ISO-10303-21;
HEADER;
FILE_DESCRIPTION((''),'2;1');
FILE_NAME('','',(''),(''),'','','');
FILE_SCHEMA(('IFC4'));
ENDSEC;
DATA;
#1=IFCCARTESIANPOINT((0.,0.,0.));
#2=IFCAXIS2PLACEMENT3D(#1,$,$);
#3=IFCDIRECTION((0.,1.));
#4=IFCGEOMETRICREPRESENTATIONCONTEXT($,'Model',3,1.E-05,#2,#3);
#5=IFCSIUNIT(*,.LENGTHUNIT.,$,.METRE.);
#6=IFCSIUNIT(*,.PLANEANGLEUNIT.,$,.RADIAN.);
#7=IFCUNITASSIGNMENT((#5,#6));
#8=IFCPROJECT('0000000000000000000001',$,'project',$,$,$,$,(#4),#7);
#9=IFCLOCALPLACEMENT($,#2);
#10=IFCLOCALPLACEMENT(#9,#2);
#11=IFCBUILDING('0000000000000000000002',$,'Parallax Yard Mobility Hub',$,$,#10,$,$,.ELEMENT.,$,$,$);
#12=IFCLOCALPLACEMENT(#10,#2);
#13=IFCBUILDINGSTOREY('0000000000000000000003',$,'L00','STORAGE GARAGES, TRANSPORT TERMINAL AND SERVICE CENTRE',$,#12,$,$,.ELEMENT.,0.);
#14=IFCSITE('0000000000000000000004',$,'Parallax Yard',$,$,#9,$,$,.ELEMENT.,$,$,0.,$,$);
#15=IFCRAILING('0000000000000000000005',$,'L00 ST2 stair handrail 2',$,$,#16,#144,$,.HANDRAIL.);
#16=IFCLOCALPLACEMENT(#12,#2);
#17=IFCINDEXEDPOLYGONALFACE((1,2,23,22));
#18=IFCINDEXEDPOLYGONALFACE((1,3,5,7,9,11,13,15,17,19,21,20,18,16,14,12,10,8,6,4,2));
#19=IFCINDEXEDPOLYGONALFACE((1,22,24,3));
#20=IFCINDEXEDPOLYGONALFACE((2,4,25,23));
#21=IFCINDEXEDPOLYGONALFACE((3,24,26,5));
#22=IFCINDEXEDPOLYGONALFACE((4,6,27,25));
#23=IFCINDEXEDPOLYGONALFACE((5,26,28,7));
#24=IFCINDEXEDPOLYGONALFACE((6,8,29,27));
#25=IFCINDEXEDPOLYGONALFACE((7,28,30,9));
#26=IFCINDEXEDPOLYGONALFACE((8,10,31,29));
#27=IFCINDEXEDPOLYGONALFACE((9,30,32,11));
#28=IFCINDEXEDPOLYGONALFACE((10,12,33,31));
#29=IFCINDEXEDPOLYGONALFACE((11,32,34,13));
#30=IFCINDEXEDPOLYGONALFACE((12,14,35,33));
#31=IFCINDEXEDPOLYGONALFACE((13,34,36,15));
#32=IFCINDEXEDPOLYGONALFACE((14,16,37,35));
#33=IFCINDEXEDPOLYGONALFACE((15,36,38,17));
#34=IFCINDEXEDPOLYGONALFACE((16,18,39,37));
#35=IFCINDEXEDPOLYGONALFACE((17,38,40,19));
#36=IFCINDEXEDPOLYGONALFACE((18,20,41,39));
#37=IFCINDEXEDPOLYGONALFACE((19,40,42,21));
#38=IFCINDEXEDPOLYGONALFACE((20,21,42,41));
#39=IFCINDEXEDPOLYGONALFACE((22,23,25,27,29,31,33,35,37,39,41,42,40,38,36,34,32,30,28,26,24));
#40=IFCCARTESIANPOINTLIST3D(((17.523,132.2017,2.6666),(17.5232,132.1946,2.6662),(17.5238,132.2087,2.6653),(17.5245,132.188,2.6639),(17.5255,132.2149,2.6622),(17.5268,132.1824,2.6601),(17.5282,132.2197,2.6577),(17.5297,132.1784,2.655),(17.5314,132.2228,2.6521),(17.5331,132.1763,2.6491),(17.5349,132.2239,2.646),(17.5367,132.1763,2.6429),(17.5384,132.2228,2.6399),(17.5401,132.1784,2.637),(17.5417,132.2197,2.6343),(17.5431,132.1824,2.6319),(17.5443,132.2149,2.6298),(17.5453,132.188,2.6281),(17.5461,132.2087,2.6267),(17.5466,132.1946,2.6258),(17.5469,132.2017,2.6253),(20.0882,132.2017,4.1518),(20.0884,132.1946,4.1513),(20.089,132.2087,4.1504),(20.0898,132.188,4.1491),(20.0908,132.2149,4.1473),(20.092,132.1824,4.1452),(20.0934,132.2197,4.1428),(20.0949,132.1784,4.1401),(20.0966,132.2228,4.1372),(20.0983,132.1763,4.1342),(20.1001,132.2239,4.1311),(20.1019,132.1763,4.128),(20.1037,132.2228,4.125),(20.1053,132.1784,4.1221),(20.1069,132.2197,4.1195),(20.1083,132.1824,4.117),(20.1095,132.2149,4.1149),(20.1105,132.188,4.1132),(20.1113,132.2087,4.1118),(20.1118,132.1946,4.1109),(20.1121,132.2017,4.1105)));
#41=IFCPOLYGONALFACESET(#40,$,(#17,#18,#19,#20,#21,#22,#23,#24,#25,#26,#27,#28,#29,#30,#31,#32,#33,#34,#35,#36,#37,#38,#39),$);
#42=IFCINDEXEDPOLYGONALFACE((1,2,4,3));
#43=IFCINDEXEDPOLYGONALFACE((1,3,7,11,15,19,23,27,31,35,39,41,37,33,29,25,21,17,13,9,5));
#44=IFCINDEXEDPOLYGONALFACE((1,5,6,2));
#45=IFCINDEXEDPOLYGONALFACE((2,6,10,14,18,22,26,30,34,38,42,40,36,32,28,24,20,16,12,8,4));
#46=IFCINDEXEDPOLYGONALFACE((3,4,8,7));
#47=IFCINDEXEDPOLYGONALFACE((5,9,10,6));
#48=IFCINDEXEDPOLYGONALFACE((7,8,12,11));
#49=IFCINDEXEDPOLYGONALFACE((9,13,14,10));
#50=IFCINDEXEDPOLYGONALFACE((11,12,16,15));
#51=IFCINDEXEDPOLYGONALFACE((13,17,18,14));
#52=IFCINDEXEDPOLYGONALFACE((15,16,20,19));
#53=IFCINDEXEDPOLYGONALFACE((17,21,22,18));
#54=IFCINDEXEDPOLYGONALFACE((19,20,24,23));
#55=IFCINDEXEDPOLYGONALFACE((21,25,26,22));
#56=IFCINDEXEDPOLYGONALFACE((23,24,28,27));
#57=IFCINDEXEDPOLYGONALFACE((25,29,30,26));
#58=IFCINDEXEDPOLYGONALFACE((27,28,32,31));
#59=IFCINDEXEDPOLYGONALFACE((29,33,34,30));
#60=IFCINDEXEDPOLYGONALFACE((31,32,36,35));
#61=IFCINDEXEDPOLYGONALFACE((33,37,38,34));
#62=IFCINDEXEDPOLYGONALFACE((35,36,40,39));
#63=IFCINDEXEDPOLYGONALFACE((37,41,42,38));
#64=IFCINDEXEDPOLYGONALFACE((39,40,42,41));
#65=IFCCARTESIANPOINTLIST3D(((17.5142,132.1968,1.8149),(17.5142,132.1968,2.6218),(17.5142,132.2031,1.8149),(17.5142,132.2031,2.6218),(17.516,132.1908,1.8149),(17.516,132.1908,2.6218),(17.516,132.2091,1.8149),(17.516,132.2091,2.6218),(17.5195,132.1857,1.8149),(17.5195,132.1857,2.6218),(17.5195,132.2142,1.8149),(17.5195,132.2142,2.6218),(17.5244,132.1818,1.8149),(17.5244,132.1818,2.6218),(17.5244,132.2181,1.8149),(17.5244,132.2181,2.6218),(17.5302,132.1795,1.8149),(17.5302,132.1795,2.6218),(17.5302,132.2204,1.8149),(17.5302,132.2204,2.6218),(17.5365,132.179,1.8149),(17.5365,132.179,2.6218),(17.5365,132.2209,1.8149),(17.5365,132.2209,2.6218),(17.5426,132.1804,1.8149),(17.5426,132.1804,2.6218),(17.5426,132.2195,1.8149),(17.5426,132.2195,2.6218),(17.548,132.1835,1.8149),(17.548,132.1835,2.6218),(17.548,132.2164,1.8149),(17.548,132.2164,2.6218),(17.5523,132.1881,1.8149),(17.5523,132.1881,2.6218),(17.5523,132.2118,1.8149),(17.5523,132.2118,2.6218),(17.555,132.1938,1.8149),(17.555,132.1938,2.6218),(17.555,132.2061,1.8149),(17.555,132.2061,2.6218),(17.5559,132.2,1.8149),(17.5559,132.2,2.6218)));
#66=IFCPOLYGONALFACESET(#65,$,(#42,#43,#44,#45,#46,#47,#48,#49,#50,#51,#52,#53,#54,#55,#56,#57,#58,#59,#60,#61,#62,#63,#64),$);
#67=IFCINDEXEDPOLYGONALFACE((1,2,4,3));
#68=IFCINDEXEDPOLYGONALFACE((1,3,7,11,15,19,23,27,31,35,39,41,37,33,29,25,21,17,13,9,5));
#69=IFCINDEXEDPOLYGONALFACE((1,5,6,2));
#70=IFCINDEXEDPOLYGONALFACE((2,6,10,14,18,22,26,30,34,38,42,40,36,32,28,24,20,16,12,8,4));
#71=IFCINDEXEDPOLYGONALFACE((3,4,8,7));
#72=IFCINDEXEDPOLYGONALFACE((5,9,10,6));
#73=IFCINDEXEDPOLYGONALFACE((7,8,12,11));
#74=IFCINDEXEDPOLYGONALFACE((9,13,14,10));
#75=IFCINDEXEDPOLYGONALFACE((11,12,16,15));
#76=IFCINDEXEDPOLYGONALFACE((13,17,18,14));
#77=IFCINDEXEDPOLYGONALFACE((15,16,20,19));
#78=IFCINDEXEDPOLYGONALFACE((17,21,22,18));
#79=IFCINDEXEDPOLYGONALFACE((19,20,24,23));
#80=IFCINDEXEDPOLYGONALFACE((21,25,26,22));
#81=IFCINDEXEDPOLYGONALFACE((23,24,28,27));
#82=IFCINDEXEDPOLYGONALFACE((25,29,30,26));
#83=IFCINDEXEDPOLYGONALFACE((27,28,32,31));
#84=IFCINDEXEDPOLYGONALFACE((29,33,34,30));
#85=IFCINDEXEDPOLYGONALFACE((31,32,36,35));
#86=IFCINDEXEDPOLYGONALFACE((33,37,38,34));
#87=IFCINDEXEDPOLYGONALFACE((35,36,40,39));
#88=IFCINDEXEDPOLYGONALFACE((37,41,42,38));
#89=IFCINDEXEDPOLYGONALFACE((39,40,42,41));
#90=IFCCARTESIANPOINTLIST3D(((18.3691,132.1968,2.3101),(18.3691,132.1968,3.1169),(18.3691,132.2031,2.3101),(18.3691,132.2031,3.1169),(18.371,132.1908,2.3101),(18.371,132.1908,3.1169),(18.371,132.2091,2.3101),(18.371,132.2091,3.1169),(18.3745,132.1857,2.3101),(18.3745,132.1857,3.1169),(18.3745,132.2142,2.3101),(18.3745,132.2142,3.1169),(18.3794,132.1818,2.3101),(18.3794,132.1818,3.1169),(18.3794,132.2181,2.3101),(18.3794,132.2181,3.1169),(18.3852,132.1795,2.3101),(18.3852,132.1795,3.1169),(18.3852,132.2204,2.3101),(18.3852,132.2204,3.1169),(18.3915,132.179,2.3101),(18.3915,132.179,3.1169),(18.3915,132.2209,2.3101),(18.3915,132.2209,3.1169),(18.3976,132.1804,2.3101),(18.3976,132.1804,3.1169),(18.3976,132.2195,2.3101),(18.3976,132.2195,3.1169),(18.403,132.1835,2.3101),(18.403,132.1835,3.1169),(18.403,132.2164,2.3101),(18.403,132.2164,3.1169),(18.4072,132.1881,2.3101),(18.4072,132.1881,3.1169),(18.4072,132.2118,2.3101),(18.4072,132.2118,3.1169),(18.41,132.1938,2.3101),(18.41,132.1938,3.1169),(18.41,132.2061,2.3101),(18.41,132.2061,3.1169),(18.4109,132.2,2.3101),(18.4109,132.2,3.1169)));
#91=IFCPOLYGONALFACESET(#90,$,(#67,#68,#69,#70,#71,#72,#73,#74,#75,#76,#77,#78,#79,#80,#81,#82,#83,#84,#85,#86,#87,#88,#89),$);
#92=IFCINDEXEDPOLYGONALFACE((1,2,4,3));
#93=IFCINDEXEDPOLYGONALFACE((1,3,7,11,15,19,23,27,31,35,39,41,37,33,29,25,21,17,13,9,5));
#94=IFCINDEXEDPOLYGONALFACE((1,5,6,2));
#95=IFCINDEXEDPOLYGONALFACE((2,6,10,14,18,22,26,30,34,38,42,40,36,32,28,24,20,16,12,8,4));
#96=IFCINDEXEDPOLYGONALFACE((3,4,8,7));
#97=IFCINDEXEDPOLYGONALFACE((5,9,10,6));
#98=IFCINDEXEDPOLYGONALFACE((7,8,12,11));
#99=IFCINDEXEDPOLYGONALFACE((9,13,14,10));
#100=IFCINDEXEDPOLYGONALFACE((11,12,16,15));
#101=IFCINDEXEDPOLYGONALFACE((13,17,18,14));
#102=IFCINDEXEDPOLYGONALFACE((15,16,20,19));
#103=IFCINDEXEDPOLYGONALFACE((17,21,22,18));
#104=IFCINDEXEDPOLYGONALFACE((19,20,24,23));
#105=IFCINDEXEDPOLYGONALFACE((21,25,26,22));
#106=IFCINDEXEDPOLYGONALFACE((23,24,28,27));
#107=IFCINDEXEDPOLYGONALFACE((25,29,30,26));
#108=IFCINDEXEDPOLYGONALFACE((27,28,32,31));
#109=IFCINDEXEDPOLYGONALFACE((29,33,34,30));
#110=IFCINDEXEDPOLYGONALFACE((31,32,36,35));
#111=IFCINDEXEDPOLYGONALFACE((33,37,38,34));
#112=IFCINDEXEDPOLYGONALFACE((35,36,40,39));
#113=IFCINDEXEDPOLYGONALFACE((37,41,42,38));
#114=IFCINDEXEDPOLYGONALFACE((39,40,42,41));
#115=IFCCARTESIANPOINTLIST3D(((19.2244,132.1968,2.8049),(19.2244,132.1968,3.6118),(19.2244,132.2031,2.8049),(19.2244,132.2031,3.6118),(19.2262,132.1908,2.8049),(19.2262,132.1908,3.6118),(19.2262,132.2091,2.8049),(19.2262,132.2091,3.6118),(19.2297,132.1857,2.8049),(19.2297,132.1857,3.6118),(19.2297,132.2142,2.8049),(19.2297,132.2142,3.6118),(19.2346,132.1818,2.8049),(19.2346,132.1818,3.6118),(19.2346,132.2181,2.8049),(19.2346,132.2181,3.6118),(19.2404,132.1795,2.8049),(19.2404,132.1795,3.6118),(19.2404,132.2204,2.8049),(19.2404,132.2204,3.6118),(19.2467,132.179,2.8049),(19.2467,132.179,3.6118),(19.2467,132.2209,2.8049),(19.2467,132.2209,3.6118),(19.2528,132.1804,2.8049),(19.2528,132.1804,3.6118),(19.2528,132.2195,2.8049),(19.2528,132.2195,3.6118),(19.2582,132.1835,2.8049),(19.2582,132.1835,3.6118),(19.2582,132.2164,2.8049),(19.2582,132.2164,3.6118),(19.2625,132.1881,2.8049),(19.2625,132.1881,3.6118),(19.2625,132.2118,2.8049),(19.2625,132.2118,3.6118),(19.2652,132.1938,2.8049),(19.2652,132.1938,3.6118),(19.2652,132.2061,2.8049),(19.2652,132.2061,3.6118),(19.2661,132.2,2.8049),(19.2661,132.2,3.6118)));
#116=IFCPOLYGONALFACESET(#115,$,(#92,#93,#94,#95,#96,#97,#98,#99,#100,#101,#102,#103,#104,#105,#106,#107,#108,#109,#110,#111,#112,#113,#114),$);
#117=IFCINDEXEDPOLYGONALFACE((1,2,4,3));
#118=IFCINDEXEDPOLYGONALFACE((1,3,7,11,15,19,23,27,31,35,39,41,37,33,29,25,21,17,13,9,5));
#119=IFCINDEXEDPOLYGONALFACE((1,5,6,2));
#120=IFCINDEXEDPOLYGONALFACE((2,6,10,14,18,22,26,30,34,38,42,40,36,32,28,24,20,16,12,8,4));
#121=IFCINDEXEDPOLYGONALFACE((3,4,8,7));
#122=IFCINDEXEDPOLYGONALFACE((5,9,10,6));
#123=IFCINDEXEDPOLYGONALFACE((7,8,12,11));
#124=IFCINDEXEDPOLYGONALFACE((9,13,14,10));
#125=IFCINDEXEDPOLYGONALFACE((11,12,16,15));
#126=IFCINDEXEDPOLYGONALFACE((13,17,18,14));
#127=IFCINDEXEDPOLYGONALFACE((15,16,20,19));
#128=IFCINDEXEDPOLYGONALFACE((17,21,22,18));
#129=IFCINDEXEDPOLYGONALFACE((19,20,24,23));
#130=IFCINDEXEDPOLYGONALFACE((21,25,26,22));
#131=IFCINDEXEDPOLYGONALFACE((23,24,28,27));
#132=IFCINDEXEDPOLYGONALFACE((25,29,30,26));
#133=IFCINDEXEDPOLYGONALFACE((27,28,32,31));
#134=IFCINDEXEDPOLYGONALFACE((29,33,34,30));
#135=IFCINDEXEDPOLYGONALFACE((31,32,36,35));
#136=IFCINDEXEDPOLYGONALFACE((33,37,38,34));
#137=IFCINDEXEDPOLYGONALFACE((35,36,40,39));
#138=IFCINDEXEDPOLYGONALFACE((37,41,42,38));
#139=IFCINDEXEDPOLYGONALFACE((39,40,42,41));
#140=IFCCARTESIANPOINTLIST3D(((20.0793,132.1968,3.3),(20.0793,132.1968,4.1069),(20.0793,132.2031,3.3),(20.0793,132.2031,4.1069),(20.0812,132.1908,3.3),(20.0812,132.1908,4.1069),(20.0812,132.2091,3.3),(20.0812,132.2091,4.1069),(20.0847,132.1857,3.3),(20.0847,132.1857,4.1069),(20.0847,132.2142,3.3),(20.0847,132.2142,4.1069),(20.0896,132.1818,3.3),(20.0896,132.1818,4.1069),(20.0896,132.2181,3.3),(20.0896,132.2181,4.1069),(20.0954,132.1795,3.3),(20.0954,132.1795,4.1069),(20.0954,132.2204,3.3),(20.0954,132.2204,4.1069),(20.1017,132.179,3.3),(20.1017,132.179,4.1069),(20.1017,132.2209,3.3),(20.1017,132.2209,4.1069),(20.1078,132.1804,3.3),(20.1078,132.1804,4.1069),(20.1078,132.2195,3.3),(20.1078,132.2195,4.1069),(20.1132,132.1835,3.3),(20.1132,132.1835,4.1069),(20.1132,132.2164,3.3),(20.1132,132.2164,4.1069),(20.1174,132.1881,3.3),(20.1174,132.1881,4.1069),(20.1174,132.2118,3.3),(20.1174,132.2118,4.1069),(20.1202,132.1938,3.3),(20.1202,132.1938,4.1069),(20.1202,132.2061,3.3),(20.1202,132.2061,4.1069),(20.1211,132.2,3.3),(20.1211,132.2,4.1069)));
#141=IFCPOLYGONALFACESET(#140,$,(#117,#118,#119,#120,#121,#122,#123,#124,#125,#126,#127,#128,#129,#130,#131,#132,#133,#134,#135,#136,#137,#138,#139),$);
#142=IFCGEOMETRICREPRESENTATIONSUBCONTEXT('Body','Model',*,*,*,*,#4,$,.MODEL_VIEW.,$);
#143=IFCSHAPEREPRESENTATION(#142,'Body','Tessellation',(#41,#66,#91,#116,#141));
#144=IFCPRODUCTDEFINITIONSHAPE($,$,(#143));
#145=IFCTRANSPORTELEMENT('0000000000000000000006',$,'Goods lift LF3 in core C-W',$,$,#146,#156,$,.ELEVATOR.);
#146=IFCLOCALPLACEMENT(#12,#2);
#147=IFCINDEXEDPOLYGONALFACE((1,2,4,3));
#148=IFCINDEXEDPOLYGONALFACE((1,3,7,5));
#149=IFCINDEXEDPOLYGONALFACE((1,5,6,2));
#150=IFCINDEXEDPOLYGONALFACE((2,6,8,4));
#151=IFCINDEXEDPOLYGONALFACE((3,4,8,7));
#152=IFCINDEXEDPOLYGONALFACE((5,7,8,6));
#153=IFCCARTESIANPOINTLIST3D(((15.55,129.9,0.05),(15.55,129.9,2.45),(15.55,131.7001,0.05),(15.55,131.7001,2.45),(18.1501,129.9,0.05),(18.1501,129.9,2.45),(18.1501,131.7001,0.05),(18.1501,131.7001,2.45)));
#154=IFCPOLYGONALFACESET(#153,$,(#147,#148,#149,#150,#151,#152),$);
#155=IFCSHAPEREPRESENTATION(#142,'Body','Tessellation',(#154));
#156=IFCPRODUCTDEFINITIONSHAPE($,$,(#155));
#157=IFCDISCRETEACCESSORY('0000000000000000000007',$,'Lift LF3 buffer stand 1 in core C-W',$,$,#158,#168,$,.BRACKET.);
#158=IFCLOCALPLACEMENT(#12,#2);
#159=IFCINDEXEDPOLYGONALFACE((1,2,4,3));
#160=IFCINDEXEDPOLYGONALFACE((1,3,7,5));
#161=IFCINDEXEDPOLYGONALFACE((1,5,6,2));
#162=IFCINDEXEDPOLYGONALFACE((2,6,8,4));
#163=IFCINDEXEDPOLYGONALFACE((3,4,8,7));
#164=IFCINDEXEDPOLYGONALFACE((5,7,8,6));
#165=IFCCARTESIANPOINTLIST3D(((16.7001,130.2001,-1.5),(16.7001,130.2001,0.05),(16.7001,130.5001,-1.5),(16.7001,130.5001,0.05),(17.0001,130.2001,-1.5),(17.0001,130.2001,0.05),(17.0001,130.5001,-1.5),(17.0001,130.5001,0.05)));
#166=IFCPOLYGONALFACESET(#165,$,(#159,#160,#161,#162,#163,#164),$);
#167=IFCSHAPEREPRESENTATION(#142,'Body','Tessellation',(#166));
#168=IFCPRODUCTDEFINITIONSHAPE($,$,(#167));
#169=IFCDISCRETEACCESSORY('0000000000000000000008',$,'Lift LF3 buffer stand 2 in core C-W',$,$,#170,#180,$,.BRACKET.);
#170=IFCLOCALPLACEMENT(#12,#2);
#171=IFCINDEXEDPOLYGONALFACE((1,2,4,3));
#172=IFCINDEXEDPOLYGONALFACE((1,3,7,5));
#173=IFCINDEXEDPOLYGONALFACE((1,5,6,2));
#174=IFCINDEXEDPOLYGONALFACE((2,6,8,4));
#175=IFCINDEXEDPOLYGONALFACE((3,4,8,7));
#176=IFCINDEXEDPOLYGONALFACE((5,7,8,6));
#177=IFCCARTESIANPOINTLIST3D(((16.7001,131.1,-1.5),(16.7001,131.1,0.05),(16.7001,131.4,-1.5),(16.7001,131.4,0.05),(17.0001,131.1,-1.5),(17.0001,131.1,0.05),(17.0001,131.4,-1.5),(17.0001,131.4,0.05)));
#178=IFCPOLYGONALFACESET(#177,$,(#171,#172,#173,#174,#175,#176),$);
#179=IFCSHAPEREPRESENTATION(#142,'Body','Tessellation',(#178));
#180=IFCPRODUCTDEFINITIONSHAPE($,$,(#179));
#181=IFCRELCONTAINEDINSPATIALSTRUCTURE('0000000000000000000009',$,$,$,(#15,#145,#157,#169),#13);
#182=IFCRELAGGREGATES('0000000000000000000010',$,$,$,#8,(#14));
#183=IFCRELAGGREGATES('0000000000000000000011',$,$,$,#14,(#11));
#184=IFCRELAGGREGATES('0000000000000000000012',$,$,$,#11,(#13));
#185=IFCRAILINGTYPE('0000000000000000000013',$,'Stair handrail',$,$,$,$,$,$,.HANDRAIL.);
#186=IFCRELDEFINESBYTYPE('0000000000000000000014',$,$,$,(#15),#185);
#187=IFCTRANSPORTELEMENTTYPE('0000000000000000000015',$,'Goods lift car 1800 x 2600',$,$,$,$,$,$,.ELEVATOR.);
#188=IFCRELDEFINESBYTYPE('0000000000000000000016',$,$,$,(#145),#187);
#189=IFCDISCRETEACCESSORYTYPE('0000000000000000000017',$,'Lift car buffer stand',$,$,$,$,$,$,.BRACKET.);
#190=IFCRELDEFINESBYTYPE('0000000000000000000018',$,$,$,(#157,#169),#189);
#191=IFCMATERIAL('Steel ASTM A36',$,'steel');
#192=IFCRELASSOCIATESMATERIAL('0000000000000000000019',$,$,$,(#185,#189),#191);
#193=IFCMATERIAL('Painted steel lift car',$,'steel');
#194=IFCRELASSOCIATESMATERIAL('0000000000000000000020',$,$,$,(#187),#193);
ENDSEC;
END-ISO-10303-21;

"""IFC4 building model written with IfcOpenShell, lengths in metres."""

from ifc_helpers import new_model, si_unit, direction, frame, origin, origin_2d, place, context, subcontext, project, spatial, rectangle, circle, extrude, material, type_object, element, save


model = new_model("IFC4")

# Units and contexts
model_context = context("Model", 3, precision=1e-05, world=origin(), true_north=direction((0.0, 1.0)))
body_context = subcontext(model_context, "Body", "Model", "MODEL_VIEW")
ifc_project = project(units=[si_unit("LENGTHUNIT", "METRE"), si_unit("PLANEANGLEUNIT", "RADIAN")], contexts=[model_context])

# Site, building, storey
site_placement = place(None, origin())
site = spatial("IfcSite", under=ifc_project, at=site_placement, Name="Parallax Yard", CompositionType="ELEMENT", RefElevation=0.0)
building_placement = place(site_placement, origin())
building = spatial("IfcBuilding", under=site, at=building_placement, Name="Parallax Yard Mobility Hub", CompositionType="ELEMENT")
storey_placement = place(building_placement, origin())
storey = spatial("IfcBuildingStorey", under=building, at=storey_placement, Name="L00", Description="STORAGE GARAGES, TRANSPORT TERMINAL AND SERVICE CENTRE", CompositionType="ELEMENT", Elevation=0.0)

# Railing
ifc_material_1 = material(Name="Steel ASTM A36", Category="steel")
railing_type_1 = type_object("IfcRailingType", Name="Stair handrail", PredefinedType="HANDRAIL", material=ifc_material_1)
railing_1_placement = place(storey_placement, frame((17.5349, 132.2, 1.8149)))
element("IfcRailing", 1, at=railing_1_placement, inside=storey, type_object=railing_type_1, Name="L00 ST2 stair handrail 2", PredefinedType="HANDRAIL", context=body_context, shape_type="SweptSolid", body=[
    extrude(circle(Radius=0.0239, at=origin_2d()), frame((0.0, 0.0, 0.8311), z_axis=(0.865426, 0.0, 0.501036), x_axis=(0.0, 1.0, 0.0)), (0.0, 0.0, 1.0), 2.9641),
    extrude(circle(Radius=0.021, at=origin_2d()), origin(), (0.0, 0.0, 1.0), 0.8069),
    extrude(circle(Radius=0.021, at=origin_2d()), frame((0.855, 0.0, 0.4951)), (0.0, 0.0, 1.0), 0.8069),
    extrude(circle(Radius=0.021, at=origin_2d()), frame((1.7102, 0.0, 0.99)), (0.0, 0.0, 1.0), 0.8069),
    extrude(circle(Radius=0.021, at=origin_2d()), frame((2.5652, 0.0, 1.4851)), (0.0, 0.0, 1.0), 0.8069),
])

# Transport element
ifc_material_2 = material(Name="Painted steel lift car", Category="steel")
transport_element_type = type_object("IfcTransportElementType", Name="Goods lift car 1800 x 2600", PredefinedType="ELEVATOR", material=ifc_material_2)
transport_element_placement = place(storey_placement, frame((16.8501, 130.8, 0.05), z_axis=(0.0, 0.0, 1.0), x_axis=(0.0, 1.0, 0.0)))
element("IfcTransportElement", 2, at=transport_element_placement, inside=storey, type_object=transport_element_type, Name="Goods lift LF3 in core C-W", PredefinedType="ELEVATOR", context=body_context, shape_type="SweptSolid", body=[
    extrude(rectangle(XDim=1.8, YDim=2.6001, at=origin_2d()), origin(), (0.0, 0.0, 1.0), 2.3999),
])

# Discrete accessories
discrete_accessory_type = type_object("IfcDiscreteAccessoryType", Name="Lift car buffer stand", PredefinedType="BRACKET", material=ifc_material_1)
for number, where, z_axis, x_axis, name in (
    (3, (16.8501, 130.3501, -1.5), (0.0, 0.0, 1.0), (0.0, 1.0, 0.0), "Lift LF3 buffer stand 1 in core C-W"),
    (4, (16.8501, 131.25, -1.5), (0.0, 0.0, 1.0), (0.0, 1.0, 0.0), "Lift LF3 buffer stand 2 in core C-W"),
):
    element("IfcDiscreteAccessory", number, at=place(storey_placement, frame(where, z_axis=z_axis, x_axis=x_axis)), inside=storey, type_object=discrete_accessory_type, Name=name, PredefinedType="BRACKET", context=body_context, shape_type="SweptSolid", body=[
        extrude(rectangle(XDim=0.3, YDim=0.3, at=origin_2d()), origin(), (0.0, 0.0, 1.0), 1.55),
    ])

save(model, "model.ifc")
